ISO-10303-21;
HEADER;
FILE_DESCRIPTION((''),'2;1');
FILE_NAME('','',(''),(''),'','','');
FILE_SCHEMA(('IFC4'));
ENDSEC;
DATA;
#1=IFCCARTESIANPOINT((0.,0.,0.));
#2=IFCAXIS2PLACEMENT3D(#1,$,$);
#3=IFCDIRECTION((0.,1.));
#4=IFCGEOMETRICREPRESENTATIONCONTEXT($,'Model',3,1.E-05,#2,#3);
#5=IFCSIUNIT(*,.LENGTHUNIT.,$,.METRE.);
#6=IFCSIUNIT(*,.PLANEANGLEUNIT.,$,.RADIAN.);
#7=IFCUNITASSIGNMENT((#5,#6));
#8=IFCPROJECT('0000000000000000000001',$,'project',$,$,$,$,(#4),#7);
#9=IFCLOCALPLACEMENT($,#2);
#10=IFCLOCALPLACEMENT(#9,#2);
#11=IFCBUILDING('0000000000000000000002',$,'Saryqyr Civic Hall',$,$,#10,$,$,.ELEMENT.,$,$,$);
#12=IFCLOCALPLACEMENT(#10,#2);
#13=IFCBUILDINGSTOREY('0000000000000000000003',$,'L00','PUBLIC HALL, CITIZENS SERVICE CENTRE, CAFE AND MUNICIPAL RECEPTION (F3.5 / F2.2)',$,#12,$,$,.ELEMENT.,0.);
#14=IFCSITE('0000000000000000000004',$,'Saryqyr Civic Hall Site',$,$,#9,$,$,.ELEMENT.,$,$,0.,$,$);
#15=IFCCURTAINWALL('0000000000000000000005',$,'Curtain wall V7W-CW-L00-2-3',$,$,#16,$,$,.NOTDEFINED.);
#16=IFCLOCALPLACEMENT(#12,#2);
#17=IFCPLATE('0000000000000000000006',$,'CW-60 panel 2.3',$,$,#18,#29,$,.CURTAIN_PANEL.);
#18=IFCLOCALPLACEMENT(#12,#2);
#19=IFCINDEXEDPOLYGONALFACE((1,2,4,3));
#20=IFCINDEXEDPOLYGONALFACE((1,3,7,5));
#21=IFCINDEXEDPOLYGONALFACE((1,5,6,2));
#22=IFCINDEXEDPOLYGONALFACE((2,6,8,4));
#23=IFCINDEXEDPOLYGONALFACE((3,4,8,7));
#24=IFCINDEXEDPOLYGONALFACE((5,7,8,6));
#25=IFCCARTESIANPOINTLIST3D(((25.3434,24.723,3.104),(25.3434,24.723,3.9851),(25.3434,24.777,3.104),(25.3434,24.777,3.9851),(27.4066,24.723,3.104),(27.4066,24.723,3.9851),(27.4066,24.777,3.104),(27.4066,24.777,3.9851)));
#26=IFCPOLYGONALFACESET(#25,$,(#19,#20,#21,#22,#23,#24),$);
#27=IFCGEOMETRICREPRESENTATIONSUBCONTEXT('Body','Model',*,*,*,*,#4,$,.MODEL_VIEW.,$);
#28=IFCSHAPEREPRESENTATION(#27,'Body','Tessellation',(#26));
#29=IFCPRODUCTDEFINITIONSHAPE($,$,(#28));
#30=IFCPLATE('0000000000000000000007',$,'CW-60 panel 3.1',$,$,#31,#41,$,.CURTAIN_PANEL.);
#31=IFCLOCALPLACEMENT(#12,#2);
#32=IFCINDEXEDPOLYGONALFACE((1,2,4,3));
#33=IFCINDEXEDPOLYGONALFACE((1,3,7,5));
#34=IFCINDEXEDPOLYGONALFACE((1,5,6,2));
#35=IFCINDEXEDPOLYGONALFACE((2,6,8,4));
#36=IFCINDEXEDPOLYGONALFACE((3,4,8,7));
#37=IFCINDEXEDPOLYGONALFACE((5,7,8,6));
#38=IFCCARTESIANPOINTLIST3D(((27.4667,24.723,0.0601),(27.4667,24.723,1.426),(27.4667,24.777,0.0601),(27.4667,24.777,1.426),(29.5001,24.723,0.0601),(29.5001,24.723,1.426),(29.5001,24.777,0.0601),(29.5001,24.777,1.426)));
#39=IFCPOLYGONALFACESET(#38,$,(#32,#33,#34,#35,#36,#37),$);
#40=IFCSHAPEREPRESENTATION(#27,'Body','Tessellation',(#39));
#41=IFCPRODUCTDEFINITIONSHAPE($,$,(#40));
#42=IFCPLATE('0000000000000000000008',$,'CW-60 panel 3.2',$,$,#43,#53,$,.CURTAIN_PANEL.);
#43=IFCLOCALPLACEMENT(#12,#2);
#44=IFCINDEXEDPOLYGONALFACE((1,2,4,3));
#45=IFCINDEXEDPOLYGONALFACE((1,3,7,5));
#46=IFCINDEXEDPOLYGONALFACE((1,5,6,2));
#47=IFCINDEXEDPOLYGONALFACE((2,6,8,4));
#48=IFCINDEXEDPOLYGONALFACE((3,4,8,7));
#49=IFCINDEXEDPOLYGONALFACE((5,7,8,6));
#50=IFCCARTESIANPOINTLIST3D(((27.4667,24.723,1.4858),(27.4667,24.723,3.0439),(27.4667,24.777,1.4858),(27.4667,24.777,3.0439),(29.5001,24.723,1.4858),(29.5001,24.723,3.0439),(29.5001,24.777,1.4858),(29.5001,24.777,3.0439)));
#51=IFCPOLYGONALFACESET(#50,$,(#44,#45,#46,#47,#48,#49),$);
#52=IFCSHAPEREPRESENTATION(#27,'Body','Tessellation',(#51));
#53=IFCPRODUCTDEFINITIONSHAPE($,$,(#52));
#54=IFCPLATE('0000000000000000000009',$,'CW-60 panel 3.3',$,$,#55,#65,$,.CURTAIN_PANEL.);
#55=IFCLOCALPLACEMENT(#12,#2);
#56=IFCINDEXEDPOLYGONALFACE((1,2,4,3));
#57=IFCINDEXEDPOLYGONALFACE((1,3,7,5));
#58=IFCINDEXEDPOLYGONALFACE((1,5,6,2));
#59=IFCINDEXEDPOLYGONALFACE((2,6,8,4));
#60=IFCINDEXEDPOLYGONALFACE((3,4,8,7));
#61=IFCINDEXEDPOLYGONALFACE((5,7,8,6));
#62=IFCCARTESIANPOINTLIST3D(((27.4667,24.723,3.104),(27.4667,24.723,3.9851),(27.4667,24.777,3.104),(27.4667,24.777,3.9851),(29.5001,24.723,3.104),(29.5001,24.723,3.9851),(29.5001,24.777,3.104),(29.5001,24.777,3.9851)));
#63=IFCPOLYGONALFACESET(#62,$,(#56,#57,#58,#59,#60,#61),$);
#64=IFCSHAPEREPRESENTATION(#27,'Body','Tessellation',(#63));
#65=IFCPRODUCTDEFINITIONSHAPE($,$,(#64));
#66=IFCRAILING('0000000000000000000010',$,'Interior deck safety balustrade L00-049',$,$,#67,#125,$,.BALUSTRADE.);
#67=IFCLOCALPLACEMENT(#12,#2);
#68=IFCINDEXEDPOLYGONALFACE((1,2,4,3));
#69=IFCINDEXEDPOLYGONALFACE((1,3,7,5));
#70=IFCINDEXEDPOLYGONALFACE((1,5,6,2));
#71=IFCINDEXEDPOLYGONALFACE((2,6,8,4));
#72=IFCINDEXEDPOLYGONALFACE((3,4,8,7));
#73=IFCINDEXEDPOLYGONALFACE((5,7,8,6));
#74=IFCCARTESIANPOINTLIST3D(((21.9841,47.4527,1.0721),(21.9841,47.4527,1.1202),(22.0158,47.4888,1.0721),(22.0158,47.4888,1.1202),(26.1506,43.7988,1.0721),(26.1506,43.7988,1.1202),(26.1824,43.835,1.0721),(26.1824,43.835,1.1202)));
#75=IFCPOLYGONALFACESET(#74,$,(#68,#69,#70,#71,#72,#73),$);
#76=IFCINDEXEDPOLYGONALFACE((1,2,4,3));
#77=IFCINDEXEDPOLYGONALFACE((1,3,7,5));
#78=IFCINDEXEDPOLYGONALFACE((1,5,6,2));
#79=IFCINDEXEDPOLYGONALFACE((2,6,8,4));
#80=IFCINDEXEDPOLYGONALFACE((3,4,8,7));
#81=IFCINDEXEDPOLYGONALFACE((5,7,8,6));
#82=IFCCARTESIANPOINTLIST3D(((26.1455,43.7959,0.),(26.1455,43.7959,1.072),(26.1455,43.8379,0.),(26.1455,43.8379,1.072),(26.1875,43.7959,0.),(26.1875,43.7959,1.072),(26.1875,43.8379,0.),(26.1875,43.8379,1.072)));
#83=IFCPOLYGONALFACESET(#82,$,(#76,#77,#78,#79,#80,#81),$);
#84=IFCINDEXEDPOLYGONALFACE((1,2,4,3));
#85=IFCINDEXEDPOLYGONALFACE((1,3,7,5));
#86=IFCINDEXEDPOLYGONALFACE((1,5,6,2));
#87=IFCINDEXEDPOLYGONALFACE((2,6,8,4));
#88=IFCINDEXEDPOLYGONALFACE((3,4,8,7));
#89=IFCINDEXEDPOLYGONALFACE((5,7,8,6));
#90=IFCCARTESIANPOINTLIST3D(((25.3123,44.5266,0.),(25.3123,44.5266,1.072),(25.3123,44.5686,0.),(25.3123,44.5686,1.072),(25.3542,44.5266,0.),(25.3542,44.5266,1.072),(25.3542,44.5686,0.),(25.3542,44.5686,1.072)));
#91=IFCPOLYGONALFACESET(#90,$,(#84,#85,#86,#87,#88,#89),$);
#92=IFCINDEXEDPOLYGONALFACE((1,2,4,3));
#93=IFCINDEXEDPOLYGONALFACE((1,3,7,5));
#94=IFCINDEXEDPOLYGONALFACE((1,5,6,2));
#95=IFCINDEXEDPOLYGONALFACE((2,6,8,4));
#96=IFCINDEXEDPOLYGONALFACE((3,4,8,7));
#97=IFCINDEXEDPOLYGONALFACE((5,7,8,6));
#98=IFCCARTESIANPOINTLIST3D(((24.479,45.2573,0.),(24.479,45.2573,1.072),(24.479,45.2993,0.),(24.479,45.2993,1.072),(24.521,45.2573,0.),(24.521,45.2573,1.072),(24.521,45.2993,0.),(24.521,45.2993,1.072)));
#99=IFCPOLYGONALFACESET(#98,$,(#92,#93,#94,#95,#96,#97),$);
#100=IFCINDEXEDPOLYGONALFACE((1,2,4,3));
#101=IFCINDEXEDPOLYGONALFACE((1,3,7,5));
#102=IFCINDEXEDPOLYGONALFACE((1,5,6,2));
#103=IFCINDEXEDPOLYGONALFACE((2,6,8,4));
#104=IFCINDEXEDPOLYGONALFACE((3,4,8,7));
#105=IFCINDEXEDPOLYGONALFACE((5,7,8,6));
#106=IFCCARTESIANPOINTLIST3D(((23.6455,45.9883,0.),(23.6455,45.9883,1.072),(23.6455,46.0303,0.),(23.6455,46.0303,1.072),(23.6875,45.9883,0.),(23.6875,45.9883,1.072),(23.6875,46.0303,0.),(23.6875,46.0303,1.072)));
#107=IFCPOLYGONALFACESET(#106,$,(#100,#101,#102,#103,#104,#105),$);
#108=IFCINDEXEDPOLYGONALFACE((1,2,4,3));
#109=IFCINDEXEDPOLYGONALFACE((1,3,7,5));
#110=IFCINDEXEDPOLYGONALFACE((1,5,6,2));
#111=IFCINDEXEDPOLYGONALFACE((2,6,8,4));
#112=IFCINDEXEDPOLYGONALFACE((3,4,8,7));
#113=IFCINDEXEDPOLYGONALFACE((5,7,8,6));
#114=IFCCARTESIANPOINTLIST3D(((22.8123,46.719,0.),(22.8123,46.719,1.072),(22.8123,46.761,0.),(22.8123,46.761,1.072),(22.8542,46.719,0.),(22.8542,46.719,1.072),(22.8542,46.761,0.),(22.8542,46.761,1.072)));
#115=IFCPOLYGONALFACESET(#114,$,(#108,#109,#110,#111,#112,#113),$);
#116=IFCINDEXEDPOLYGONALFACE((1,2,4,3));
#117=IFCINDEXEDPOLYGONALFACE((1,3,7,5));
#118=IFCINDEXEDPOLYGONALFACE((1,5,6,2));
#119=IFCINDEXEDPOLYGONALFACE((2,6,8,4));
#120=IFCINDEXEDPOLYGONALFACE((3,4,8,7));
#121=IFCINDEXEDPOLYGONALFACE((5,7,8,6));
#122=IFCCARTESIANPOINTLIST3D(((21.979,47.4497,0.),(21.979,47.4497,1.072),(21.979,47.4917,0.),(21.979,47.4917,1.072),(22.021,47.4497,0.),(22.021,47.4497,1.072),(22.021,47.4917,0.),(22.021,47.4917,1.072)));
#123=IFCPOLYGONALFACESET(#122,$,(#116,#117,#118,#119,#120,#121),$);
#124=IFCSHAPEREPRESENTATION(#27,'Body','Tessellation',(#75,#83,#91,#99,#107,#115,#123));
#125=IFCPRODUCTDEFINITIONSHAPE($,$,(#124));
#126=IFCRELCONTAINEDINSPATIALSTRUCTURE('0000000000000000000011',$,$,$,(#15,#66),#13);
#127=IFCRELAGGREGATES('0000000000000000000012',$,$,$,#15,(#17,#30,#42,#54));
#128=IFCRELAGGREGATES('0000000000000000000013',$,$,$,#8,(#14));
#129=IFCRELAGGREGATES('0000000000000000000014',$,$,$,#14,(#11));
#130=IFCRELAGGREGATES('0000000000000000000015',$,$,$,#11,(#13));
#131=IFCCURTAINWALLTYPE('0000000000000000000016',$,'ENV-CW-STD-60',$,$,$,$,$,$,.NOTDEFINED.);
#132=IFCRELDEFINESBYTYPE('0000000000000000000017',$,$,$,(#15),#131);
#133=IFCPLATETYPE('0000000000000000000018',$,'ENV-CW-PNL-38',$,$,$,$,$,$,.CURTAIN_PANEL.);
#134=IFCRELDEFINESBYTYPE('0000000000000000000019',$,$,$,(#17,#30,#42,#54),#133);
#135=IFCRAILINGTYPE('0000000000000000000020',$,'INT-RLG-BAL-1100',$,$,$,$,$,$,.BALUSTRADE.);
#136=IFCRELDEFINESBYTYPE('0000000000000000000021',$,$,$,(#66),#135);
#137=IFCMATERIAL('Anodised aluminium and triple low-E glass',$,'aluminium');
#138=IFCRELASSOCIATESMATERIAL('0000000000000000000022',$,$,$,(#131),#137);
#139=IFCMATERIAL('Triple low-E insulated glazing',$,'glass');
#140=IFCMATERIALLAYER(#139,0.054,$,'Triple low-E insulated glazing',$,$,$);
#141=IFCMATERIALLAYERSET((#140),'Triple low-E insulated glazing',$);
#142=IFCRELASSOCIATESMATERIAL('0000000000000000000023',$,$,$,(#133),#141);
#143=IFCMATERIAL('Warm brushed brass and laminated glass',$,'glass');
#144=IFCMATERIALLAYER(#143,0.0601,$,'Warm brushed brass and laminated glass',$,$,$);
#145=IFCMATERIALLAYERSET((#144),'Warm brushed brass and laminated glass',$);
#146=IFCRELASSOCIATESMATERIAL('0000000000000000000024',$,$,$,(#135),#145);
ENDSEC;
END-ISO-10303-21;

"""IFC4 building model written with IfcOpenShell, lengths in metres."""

from ifc_helpers import new_model, si_unit, direction, frame, origin, origin_2d, place, context, subcontext, project, spatial, rectangle, extrude, material, layer, layer_set, type_object, element, aggregate, save


model = new_model("IFC4")

# Units and contexts
model_context = context("Model", 3, precision=1e-05, world=origin(), true_north=direction((0.0, 1.0)))
body_context = subcontext(model_context, "Body", "Model", "MODEL_VIEW")
ifc_project = project(units=[si_unit("LENGTHUNIT", "METRE"), si_unit("PLANEANGLEUNIT", "RADIAN")], contexts=[model_context])

# Site, building, storey
site_placement = place(None, origin())
site = spatial("IfcSite", under=ifc_project, at=site_placement, Name="Saryqyr Civic Hall Site", CompositionType="ELEMENT", RefElevation=0.0)
building_placement = place(site_placement, origin())
building = spatial("IfcBuilding", under=site, at=building_placement, Name="Saryqyr Civic Hall", CompositionType="ELEMENT")
storey_placement = place(building_placement, origin())
storey = spatial("IfcBuildingStorey", under=building, at=storey_placement, Name="L00", Description="PUBLIC HALL, CITIZENS SERVICE CENTRE, CAFE AND MUNICIPAL RECEPTION (F3.5 / F2.2)", CompositionType="ELEMENT", Elevation=0.0)

# Shared definitions
ifc_material_1 = material(Name="Anodised aluminium and triple low-E glass", Category="aluminium")

# Curtain wall
curtain_wall_type_1 = type_object("IfcCurtainWallType", Name="ENV-CW-STD-60", PredefinedType="NOTDEFINED", material=ifc_material_1)
curtain_wall_1_placement = place(storey_placement, origin())
curtain_wall_1 = element("IfcCurtainWall", 1, at=curtain_wall_1_placement, inside=storey, type_object=curtain_wall_type_1, Name="Curtain wall V7W-CW-L00-2-3", PredefinedType="NOTDEFINED")

# Plates
ifc_material_2 = material(Name="Triple low-E insulated glazing", Category="glass")
ifc_layer_1 = layer(ifc_material_2, 0.054, Name="Triple low-E insulated glazing")
ifc_layer_set_1 = layer_set([ifc_layer_1], Name="Triple low-E insulated glazing")
plate_type = type_object("IfcPlateType", Name="ENV-CW-PNL-38", PredefinedType="CURTAIN_PANEL", material=ifc_layer_set_1)
plate_1_placement = place(storey_placement, frame((26.375, 24.75, 3.104), z_axis=(0.0, 0.0, 1.0), x_axis=(1.0, 0.0, 0.0)))
plate_1 = element("IfcPlate", 2, at=plate_1_placement, type_object=plate_type, Name="CW-60 panel 2.3", PredefinedType="CURTAIN_PANEL", context=body_context, shape_type="SweptSolid", body=[
    extrude(rectangle(XDim=2.0632, YDim=0.054, at=origin_2d()), origin(), (0.0, 0.0, 1.0), 0.8811),
])
plate_2_placement = place(storey_placement, frame((28.4834, 24.75, 0.0601), z_axis=(0.0, 0.0, 1.0), x_axis=(1.0, 0.0, 0.0)))
plate_2 = element("IfcPlate", 3, at=plate_2_placement, type_object=plate_type, Name="CW-60 panel 3.1", PredefinedType="CURTAIN_PANEL", context=body_context, shape_type="SweptSolid", body=[
    extrude(rectangle(XDim=2.0334, YDim=0.054, at=origin_2d()), origin(), (0.0, 0.0, 1.0), 1.366),
])
plate_3_placement = place(storey_placement, frame((28.4834, 24.75, 1.4858), z_axis=(0.0, 0.0, 1.0), x_axis=(1.0, 0.0, 0.0)))
plate_3 = element("IfcPlate", 4, at=plate_3_placement, type_object=plate_type, Name="CW-60 panel 3.2", PredefinedType="CURTAIN_PANEL", context=body_context, shape_type="SweptSolid", body=[
    extrude(rectangle(XDim=2.0334, YDim=0.054, at=origin_2d()), origin(), (0.0, 0.0, 1.0), 1.5581),
])
plate_4_placement = place(storey_placement, frame((28.4834, 24.75, 3.104), z_axis=(0.0, 0.0, 1.0), x_axis=(1.0, 0.0, 0.0)))
plate_4 = element("IfcPlate", 5, at=plate_4_placement, type_object=plate_type, Name="CW-60 panel 3.3", PredefinedType="CURTAIN_PANEL", context=body_context, shape_type="SweptSolid", body=[
    extrude(rectangle(XDim=2.0334, YDim=0.054, at=origin_2d()), origin(), (0.0, 0.0, 1.0), 0.8811),
])
aggregate(curtain_wall_1, [plate_1, plate_2, plate_3, plate_4])

# Railing
ifc_material_3 = material(Name="Warm brushed brass and laminated glass", Category="glass")
ifc_layer_2 = layer(ifc_material_3, 0.0601, Name="Warm brushed brass and laminated glass")
ifc_layer_set_2 = layer_set([ifc_layer_2], Name="Warm brushed brass and laminated glass")
railing_type = type_object("IfcRailingType", Name="INT-RLG-BAL-1100", PredefinedType="BALUSTRADE", material=ifc_layer_set_2)
railing_1_placement = place(storey_placement, frame((26.1665, 43.8169, 0.0)))
element("IfcRailing", 6, at=railing_1_placement, inside=storey, type_object=railing_type, Name="Interior deck safety balustrade L00-049", PredefinedType="BALUSTRADE", context=body_context, shape_type="SweptSolid", body=[
    extrude(rectangle(XDim=0.0481, YDim=0.0481, at=origin_2d()), frame((0.0, 0.0, 1.0962), z_axis=(-0.75185, 0.659334, 0.0), x_axis=(-0.659334, -0.75185, 0.0)), (0.0, 0.0, 1.0), 5.5417),
    extrude(rectangle(XDim=0.042, YDim=0.042, at=origin_2d()), origin(), (0.0, 0.0, 1.0), 1.072),
    extrude(rectangle(XDim=0.042, YDim=0.042, at=origin_2d()), frame((-0.8333, 0.7307, 0.0)), (0.0, 0.0, 1.0), 1.072),
    extrude(rectangle(XDim=0.042, YDim=0.042, at=origin_2d()), frame((-1.6665, 1.4614, 0.0)), (0.0, 0.0, 1.0), 1.072),
    extrude(rectangle(XDim=0.042, YDim=0.042, at=origin_2d()), frame((-2.5, 2.1924, 0.0)), (0.0, 0.0, 1.0), 1.072),
    extrude(rectangle(XDim=0.042, YDim=0.042, at=origin_2d()), frame((-3.3333, 2.9231, 0.0)), (0.0, 0.0, 1.0), 1.072),
    extrude(rectangle(XDim=0.042, YDim=0.042, at=origin_2d()), frame((-4.1665, 3.6538, 0.0)), (0.0, 0.0, 1.0), 1.072),
])

save(model, "model.ifc")
